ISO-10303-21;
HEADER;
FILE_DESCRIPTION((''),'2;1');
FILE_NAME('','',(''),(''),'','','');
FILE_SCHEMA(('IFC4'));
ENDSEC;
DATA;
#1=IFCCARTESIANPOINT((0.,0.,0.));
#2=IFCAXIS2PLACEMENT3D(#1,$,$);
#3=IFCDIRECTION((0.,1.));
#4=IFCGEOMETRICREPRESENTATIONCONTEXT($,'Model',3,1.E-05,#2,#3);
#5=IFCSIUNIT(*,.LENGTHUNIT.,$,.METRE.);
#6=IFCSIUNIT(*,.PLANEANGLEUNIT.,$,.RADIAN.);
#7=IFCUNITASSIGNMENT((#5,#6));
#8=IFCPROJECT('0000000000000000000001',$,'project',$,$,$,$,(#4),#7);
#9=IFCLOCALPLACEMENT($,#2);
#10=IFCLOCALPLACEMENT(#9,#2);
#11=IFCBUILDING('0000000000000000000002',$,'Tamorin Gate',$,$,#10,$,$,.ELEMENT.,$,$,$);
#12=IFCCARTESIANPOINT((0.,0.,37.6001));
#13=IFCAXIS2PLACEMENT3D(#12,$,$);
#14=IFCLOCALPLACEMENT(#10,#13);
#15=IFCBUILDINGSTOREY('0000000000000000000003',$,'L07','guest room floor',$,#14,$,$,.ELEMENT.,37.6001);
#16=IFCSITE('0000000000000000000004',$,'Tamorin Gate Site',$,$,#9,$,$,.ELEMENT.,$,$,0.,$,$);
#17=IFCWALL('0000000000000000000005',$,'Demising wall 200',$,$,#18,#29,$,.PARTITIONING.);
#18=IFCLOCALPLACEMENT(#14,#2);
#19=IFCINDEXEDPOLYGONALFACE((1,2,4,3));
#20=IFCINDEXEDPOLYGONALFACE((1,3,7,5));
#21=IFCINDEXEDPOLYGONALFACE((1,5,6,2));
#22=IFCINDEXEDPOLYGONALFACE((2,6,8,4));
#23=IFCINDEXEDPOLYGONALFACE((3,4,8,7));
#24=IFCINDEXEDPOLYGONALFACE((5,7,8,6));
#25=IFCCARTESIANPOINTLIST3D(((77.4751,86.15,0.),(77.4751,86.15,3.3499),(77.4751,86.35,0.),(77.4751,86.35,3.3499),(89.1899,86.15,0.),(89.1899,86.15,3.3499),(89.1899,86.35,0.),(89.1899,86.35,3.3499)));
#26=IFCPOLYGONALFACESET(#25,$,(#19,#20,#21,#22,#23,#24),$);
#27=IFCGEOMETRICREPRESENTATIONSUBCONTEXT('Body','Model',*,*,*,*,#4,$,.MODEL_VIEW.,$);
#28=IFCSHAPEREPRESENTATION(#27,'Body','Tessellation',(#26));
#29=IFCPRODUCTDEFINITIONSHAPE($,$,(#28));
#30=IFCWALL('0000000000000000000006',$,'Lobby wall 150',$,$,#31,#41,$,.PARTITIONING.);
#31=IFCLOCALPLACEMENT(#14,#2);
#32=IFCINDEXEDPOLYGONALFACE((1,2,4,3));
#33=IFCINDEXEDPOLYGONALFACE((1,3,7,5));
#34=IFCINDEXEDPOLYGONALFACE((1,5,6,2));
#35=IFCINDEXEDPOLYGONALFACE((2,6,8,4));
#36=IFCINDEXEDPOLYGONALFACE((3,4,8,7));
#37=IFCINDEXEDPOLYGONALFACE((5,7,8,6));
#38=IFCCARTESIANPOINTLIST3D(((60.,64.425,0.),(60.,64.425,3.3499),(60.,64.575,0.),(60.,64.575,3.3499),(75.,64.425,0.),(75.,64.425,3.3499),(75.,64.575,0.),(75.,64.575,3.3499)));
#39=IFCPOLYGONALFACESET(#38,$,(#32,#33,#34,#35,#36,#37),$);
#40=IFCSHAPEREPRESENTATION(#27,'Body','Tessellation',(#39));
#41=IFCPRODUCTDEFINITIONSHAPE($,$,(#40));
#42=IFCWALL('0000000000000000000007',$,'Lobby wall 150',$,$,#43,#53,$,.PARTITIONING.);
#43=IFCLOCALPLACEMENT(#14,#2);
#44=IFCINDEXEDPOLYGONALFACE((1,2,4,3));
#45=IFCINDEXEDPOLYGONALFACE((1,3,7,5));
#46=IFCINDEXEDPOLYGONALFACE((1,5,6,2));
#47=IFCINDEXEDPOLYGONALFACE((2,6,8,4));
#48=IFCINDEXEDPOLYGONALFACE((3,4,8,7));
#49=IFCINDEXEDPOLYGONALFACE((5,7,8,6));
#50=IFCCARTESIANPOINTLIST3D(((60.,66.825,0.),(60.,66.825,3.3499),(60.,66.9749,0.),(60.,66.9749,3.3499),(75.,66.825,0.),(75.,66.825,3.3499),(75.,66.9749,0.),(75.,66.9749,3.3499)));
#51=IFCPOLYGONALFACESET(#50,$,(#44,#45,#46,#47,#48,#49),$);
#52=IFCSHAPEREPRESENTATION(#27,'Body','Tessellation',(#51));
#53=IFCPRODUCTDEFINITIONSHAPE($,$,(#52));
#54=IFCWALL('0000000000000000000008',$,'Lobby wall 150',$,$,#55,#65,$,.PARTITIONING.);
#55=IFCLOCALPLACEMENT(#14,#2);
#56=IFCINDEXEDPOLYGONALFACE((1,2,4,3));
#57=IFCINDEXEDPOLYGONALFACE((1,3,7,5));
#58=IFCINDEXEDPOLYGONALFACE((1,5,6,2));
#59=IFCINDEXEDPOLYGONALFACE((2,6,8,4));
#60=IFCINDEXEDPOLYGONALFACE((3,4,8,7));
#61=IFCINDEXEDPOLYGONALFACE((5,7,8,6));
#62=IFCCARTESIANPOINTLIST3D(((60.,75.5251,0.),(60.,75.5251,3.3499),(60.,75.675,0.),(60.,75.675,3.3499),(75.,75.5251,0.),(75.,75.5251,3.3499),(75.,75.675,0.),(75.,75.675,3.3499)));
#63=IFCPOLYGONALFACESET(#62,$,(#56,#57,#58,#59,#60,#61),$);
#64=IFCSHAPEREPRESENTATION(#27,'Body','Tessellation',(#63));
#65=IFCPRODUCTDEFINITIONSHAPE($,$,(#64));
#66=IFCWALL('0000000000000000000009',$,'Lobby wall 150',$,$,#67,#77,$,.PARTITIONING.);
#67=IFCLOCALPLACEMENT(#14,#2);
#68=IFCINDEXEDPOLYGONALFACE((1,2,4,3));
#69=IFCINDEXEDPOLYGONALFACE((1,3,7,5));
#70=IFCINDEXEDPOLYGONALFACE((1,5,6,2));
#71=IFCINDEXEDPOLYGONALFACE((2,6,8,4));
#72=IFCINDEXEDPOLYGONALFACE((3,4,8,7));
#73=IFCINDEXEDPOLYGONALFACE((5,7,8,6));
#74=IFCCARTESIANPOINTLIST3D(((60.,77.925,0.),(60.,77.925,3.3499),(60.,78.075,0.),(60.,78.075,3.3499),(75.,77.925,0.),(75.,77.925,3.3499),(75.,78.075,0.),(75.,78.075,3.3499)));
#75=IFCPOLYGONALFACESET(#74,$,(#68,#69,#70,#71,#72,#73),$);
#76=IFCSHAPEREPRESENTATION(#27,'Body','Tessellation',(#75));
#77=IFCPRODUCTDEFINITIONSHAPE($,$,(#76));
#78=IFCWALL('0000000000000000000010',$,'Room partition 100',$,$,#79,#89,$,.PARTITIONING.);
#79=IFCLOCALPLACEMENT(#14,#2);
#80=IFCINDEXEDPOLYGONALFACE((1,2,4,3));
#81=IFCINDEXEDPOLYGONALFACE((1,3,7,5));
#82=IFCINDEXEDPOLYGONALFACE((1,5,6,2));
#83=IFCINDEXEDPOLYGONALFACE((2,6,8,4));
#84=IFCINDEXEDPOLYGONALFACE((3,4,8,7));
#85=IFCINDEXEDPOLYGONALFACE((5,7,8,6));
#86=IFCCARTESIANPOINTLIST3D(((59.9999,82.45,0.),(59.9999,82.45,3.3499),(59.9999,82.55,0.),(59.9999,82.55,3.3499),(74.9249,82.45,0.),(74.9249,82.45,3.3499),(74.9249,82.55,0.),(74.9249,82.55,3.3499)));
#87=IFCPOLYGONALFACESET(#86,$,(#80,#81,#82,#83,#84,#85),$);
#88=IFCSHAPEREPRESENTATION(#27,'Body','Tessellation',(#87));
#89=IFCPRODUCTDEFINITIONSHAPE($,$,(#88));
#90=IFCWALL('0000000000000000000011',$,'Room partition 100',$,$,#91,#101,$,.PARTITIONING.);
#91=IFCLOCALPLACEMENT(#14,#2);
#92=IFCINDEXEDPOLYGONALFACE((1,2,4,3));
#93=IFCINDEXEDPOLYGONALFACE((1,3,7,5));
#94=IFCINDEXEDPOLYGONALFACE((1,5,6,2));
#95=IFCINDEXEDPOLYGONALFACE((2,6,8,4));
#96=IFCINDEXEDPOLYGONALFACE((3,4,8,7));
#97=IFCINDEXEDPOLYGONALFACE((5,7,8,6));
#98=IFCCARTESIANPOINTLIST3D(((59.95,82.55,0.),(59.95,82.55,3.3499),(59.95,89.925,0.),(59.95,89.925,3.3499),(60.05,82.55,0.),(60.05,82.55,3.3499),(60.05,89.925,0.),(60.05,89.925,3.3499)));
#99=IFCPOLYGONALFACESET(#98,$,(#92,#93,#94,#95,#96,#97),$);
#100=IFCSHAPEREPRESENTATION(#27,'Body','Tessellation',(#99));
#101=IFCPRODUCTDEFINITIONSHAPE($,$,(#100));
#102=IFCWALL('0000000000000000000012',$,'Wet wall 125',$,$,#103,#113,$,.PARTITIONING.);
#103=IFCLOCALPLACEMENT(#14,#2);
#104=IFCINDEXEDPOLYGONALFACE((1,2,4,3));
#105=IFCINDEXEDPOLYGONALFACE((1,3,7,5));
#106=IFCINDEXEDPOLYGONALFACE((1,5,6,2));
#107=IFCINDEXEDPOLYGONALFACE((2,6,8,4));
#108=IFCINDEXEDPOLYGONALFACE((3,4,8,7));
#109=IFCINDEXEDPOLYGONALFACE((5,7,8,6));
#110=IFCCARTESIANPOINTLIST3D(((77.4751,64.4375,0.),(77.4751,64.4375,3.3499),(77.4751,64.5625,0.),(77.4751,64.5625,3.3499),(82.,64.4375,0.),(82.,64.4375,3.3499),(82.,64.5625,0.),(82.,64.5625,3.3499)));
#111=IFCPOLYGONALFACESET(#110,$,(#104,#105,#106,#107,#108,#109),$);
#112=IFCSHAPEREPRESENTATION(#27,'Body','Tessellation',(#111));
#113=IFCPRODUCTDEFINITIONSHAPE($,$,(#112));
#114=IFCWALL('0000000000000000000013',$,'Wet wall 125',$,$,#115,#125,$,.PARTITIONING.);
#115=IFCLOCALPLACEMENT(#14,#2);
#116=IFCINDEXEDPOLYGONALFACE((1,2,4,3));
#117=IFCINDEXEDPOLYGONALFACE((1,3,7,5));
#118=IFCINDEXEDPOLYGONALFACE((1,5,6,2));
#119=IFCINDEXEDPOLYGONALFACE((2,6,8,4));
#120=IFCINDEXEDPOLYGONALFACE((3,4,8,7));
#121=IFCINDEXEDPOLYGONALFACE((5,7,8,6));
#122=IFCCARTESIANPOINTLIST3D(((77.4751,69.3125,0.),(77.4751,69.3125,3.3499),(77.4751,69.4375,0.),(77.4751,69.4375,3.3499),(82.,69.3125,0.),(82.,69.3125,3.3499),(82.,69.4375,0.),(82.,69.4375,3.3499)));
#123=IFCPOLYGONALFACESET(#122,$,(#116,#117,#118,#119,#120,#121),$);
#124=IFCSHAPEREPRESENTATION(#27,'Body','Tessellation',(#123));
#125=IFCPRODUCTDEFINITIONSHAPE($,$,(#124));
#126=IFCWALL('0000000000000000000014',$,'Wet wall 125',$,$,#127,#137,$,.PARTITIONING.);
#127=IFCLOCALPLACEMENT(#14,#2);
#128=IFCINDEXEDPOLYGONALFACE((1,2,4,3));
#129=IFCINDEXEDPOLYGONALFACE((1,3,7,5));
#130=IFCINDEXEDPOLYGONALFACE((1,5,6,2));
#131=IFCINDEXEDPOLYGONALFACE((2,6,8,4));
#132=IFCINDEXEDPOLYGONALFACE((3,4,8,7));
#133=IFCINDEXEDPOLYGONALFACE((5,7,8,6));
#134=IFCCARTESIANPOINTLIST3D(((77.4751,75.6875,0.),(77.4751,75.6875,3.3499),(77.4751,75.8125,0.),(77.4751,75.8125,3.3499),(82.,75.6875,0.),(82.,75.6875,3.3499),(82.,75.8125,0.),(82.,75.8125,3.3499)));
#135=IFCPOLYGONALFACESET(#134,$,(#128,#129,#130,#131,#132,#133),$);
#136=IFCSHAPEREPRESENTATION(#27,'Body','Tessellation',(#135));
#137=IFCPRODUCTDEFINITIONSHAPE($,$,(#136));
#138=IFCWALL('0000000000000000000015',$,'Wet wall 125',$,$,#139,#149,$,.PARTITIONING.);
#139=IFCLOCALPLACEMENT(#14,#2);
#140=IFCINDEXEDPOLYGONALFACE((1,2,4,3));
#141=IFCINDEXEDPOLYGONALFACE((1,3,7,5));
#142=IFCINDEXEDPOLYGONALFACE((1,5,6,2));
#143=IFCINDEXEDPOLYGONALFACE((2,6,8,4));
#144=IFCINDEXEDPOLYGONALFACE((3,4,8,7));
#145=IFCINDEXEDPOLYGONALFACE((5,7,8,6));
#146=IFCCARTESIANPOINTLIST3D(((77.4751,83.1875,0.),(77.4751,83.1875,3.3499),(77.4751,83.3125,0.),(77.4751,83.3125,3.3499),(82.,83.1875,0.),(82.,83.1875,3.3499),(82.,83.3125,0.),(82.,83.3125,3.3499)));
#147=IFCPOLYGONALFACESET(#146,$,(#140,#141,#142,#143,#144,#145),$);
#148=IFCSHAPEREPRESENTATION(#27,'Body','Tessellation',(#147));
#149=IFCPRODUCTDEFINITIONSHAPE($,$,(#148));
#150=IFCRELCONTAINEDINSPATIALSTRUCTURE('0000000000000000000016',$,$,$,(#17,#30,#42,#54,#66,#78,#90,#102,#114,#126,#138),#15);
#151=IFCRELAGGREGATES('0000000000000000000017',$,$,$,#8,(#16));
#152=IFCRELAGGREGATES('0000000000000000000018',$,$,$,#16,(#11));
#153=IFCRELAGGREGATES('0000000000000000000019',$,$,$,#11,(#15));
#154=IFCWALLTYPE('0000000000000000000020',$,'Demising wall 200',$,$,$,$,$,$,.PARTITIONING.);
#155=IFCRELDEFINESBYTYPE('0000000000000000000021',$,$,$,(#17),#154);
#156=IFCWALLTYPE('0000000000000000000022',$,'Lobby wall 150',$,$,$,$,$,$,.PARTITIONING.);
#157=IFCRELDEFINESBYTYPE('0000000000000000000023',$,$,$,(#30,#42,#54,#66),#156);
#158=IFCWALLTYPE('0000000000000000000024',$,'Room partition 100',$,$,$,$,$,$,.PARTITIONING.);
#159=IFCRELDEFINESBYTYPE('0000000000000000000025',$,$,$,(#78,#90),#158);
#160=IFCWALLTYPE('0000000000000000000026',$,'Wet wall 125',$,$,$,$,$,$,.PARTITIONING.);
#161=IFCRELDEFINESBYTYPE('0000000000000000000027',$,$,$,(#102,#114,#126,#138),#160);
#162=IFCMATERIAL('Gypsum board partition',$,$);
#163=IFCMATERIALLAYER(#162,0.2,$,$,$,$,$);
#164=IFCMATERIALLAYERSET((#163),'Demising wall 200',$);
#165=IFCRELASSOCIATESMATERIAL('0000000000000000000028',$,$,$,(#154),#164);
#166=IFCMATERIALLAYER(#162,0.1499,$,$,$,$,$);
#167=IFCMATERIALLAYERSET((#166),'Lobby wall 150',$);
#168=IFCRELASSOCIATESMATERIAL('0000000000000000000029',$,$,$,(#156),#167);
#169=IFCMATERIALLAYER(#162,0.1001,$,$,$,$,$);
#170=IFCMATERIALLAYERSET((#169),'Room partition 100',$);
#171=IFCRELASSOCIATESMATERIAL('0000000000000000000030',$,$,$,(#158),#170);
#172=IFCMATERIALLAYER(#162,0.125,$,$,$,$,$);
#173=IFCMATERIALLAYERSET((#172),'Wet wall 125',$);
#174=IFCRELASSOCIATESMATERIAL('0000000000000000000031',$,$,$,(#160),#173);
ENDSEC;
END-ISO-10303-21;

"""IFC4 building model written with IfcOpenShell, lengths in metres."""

from ifc_helpers import new_model, si_unit, direction, frame, frame_2d, origin, place, context, subcontext, project, spatial, rectangle, extrude, material, layer, layer_set, type_object, element, save


model = new_model("IFC4")

# Units and contexts
model_context = context("Model", 3, precision=1e-05, world=origin(), true_north=direction((0.0, 1.0)))
body_context = subcontext(model_context, "Body", "Model", "MODEL_VIEW")
ifc_project = project(units=[si_unit("LENGTHUNIT", "METRE"), si_unit("PLANEANGLEUNIT", "RADIAN")], contexts=[model_context])

# Site, building, storey
site_placement = place(None, origin())
site = spatial("IfcSite", under=ifc_project, at=site_placement, Name="Tamorin Gate Site", CompositionType="ELEMENT", RefElevation=0.0)
building_placement = place(site_placement, origin())
building = spatial("IfcBuilding", under=site, at=building_placement, Name="Tamorin Gate", CompositionType="ELEMENT")
storey_placement = place(building_placement, frame((0.0, 0.0, 37.6001)))
storey = spatial("IfcBuildingStorey", under=building, at=storey_placement, Name="L07", Description="guest room floor", CompositionType="ELEMENT", Elevation=37.6001)

# Shared definitions
ifc_material_1 = material(Name="Gypsum board partition")

# Walls
ifc_layer_1 = layer(ifc_material_1, 0.2)
ifc_layer_set_1 = layer_set([ifc_layer_1], Name="Demising wall 200")
wall_type_1 = type_object("IfcWallType", Name="Demising wall 200", PredefinedType="PARTITIONING", material=ifc_layer_set_1)
for number, where, z_axis, x_axis, name in (
    (1, (77.4751, 86.25, 0.0), (0.0, 0.0, 1.0), (1.0, 0.0, 0.0), "Demising wall 200"),
):
    element("IfcWall", number, at=place(storey_placement, frame(where, z_axis=z_axis, x_axis=x_axis)), inside=storey, type_object=wall_type_1, Name=name, PredefinedType="PARTITIONING", context=body_context, shape_type="SweptSolid", body=[
        extrude(rectangle(XDim=11.7148, YDim=0.2, at=frame_2d((5.8574, 0.0))), origin(), (0.0, 0.0, 1.0), 3.3499),
    ])
ifc_layer_2 = layer(ifc_material_1, 0.1499)
ifc_layer_set_2 = layer_set([ifc_layer_2], Name="Lobby wall 150")
wall_type_2 = type_object("IfcWallType", Name="Lobby wall 150", PredefinedType="PARTITIONING", material=ifc_layer_set_2)
for number, where, z_axis, x_axis, name in (
    (2, (60.0, 64.5, 0.0), (0.0, 0.0, 1.0), (1.0, 0.0, 0.0), "Lobby wall 150"),
    (3, (60.0, 66.8999, 0.0), (0.0, 0.0, 1.0), (1.0, 0.0, 0.0), "Lobby wall 150"),
    (4, (60.0, 75.6001, 0.0), (0.0, 0.0, 1.0), (1.0, 0.0, 0.0), "Lobby wall 150"),
    (5, (60.0, 78.0, 0.0), (0.0, 0.0, 1.0), (1.0, 0.0, 0.0), "Lobby wall 150"),
):
    element("IfcWall", number, at=place(storey_placement, frame(where, z_axis=z_axis, x_axis=x_axis)), inside=storey, type_object=wall_type_2, Name=name, PredefinedType="PARTITIONING", context=body_context, shape_type="SweptSolid", body=[
        extrude(rectangle(XDim=15.0, YDim=0.1499, at=frame_2d((7.5, 0.0))), origin(), (0.0, 0.0, 1.0), 3.3499),
    ])
ifc_layer_3 = layer(ifc_material_1, 0.1001)
ifc_layer_set_3 = layer_set([ifc_layer_3], Name="Room partition 100")
wall_type_3 = type_object("IfcWallType", Name="Room partition 100", PredefinedType="PARTITIONING", material=ifc_layer_set_3)
wall_1_placement = place(storey_placement, frame((60.0, 82.5, 0.0), z_axis=(0.0, 0.0, 1.0), x_axis=(1.0, 0.0, 0.0)))
element("IfcWall", 6, at=wall_1_placement, inside=storey, type_object=wall_type_3, Name="Room partition 100", PredefinedType="PARTITIONING", context=body_context, shape_type="SweptSolid", body=[
    extrude(rectangle(XDim=14.925, YDim=0.1001, at=frame_2d((7.4624, 0.0))), origin(), (0.0, 0.0, 1.0), 3.3499),
])
wall_2_placement = place(storey_placement, frame((60.0, 82.55, 0.0), z_axis=(0.0, 0.0, 1.0), x_axis=(0.0, 1.0, 0.0)))
element("IfcWall", 7, at=wall_2_placement, inside=storey, type_object=wall_type_3, Name="Room partition 100", PredefinedType="PARTITIONING", context=body_context, shape_type="SweptSolid", body=[
    extrude(rectangle(XDim=7.375, YDim=0.1001, at=frame_2d((3.6875, 0.0))), origin(), (0.0, 0.0, 1.0), 3.3499),
])
ifc_layer_4 = layer(ifc_material_1, 0.125)
ifc_layer_set_4 = layer_set([ifc_layer_4], Name="Wet wall 125")
wall_type_4 = type_object("IfcWallType", Name="Wet wall 125", PredefinedType="PARTITIONING", material=ifc_layer_set_4)
for number, where, z_axis, x_axis, name in (
    (8, (77.4751, 64.5, 0.0), (0.0, 0.0, 1.0), (1.0, 0.0, 0.0), "Wet wall 125"),
    (9, (77.4751, 69.375, 0.0), (0.0, 0.0, 1.0), (1.0, 0.0, 0.0), "Wet wall 125"),
    (10, (77.4751, 75.75, 0.0), (0.0, 0.0, 1.0), (1.0, 0.0, 0.0), "Wet wall 125"),
    (11, (77.4751, 83.25, 0.0), (0.0, 0.0, 1.0), (1.0, 0.0, 0.0), "Wet wall 125"),
):
    element("IfcWall", number, at=place(storey_placement, frame(where, z_axis=z_axis, x_axis=x_axis)), inside=storey, type_object=wall_type_4, Name=name, PredefinedType="PARTITIONING", context=body_context, shape_type="SweptSolid", body=[
        extrude(rectangle(XDim=4.5249, YDim=0.125, at=frame_2d((2.2625, 0.0))), origin(), (0.0, 0.0, 1.0), 3.3499),
    ])

save(model, "model.ifc")
